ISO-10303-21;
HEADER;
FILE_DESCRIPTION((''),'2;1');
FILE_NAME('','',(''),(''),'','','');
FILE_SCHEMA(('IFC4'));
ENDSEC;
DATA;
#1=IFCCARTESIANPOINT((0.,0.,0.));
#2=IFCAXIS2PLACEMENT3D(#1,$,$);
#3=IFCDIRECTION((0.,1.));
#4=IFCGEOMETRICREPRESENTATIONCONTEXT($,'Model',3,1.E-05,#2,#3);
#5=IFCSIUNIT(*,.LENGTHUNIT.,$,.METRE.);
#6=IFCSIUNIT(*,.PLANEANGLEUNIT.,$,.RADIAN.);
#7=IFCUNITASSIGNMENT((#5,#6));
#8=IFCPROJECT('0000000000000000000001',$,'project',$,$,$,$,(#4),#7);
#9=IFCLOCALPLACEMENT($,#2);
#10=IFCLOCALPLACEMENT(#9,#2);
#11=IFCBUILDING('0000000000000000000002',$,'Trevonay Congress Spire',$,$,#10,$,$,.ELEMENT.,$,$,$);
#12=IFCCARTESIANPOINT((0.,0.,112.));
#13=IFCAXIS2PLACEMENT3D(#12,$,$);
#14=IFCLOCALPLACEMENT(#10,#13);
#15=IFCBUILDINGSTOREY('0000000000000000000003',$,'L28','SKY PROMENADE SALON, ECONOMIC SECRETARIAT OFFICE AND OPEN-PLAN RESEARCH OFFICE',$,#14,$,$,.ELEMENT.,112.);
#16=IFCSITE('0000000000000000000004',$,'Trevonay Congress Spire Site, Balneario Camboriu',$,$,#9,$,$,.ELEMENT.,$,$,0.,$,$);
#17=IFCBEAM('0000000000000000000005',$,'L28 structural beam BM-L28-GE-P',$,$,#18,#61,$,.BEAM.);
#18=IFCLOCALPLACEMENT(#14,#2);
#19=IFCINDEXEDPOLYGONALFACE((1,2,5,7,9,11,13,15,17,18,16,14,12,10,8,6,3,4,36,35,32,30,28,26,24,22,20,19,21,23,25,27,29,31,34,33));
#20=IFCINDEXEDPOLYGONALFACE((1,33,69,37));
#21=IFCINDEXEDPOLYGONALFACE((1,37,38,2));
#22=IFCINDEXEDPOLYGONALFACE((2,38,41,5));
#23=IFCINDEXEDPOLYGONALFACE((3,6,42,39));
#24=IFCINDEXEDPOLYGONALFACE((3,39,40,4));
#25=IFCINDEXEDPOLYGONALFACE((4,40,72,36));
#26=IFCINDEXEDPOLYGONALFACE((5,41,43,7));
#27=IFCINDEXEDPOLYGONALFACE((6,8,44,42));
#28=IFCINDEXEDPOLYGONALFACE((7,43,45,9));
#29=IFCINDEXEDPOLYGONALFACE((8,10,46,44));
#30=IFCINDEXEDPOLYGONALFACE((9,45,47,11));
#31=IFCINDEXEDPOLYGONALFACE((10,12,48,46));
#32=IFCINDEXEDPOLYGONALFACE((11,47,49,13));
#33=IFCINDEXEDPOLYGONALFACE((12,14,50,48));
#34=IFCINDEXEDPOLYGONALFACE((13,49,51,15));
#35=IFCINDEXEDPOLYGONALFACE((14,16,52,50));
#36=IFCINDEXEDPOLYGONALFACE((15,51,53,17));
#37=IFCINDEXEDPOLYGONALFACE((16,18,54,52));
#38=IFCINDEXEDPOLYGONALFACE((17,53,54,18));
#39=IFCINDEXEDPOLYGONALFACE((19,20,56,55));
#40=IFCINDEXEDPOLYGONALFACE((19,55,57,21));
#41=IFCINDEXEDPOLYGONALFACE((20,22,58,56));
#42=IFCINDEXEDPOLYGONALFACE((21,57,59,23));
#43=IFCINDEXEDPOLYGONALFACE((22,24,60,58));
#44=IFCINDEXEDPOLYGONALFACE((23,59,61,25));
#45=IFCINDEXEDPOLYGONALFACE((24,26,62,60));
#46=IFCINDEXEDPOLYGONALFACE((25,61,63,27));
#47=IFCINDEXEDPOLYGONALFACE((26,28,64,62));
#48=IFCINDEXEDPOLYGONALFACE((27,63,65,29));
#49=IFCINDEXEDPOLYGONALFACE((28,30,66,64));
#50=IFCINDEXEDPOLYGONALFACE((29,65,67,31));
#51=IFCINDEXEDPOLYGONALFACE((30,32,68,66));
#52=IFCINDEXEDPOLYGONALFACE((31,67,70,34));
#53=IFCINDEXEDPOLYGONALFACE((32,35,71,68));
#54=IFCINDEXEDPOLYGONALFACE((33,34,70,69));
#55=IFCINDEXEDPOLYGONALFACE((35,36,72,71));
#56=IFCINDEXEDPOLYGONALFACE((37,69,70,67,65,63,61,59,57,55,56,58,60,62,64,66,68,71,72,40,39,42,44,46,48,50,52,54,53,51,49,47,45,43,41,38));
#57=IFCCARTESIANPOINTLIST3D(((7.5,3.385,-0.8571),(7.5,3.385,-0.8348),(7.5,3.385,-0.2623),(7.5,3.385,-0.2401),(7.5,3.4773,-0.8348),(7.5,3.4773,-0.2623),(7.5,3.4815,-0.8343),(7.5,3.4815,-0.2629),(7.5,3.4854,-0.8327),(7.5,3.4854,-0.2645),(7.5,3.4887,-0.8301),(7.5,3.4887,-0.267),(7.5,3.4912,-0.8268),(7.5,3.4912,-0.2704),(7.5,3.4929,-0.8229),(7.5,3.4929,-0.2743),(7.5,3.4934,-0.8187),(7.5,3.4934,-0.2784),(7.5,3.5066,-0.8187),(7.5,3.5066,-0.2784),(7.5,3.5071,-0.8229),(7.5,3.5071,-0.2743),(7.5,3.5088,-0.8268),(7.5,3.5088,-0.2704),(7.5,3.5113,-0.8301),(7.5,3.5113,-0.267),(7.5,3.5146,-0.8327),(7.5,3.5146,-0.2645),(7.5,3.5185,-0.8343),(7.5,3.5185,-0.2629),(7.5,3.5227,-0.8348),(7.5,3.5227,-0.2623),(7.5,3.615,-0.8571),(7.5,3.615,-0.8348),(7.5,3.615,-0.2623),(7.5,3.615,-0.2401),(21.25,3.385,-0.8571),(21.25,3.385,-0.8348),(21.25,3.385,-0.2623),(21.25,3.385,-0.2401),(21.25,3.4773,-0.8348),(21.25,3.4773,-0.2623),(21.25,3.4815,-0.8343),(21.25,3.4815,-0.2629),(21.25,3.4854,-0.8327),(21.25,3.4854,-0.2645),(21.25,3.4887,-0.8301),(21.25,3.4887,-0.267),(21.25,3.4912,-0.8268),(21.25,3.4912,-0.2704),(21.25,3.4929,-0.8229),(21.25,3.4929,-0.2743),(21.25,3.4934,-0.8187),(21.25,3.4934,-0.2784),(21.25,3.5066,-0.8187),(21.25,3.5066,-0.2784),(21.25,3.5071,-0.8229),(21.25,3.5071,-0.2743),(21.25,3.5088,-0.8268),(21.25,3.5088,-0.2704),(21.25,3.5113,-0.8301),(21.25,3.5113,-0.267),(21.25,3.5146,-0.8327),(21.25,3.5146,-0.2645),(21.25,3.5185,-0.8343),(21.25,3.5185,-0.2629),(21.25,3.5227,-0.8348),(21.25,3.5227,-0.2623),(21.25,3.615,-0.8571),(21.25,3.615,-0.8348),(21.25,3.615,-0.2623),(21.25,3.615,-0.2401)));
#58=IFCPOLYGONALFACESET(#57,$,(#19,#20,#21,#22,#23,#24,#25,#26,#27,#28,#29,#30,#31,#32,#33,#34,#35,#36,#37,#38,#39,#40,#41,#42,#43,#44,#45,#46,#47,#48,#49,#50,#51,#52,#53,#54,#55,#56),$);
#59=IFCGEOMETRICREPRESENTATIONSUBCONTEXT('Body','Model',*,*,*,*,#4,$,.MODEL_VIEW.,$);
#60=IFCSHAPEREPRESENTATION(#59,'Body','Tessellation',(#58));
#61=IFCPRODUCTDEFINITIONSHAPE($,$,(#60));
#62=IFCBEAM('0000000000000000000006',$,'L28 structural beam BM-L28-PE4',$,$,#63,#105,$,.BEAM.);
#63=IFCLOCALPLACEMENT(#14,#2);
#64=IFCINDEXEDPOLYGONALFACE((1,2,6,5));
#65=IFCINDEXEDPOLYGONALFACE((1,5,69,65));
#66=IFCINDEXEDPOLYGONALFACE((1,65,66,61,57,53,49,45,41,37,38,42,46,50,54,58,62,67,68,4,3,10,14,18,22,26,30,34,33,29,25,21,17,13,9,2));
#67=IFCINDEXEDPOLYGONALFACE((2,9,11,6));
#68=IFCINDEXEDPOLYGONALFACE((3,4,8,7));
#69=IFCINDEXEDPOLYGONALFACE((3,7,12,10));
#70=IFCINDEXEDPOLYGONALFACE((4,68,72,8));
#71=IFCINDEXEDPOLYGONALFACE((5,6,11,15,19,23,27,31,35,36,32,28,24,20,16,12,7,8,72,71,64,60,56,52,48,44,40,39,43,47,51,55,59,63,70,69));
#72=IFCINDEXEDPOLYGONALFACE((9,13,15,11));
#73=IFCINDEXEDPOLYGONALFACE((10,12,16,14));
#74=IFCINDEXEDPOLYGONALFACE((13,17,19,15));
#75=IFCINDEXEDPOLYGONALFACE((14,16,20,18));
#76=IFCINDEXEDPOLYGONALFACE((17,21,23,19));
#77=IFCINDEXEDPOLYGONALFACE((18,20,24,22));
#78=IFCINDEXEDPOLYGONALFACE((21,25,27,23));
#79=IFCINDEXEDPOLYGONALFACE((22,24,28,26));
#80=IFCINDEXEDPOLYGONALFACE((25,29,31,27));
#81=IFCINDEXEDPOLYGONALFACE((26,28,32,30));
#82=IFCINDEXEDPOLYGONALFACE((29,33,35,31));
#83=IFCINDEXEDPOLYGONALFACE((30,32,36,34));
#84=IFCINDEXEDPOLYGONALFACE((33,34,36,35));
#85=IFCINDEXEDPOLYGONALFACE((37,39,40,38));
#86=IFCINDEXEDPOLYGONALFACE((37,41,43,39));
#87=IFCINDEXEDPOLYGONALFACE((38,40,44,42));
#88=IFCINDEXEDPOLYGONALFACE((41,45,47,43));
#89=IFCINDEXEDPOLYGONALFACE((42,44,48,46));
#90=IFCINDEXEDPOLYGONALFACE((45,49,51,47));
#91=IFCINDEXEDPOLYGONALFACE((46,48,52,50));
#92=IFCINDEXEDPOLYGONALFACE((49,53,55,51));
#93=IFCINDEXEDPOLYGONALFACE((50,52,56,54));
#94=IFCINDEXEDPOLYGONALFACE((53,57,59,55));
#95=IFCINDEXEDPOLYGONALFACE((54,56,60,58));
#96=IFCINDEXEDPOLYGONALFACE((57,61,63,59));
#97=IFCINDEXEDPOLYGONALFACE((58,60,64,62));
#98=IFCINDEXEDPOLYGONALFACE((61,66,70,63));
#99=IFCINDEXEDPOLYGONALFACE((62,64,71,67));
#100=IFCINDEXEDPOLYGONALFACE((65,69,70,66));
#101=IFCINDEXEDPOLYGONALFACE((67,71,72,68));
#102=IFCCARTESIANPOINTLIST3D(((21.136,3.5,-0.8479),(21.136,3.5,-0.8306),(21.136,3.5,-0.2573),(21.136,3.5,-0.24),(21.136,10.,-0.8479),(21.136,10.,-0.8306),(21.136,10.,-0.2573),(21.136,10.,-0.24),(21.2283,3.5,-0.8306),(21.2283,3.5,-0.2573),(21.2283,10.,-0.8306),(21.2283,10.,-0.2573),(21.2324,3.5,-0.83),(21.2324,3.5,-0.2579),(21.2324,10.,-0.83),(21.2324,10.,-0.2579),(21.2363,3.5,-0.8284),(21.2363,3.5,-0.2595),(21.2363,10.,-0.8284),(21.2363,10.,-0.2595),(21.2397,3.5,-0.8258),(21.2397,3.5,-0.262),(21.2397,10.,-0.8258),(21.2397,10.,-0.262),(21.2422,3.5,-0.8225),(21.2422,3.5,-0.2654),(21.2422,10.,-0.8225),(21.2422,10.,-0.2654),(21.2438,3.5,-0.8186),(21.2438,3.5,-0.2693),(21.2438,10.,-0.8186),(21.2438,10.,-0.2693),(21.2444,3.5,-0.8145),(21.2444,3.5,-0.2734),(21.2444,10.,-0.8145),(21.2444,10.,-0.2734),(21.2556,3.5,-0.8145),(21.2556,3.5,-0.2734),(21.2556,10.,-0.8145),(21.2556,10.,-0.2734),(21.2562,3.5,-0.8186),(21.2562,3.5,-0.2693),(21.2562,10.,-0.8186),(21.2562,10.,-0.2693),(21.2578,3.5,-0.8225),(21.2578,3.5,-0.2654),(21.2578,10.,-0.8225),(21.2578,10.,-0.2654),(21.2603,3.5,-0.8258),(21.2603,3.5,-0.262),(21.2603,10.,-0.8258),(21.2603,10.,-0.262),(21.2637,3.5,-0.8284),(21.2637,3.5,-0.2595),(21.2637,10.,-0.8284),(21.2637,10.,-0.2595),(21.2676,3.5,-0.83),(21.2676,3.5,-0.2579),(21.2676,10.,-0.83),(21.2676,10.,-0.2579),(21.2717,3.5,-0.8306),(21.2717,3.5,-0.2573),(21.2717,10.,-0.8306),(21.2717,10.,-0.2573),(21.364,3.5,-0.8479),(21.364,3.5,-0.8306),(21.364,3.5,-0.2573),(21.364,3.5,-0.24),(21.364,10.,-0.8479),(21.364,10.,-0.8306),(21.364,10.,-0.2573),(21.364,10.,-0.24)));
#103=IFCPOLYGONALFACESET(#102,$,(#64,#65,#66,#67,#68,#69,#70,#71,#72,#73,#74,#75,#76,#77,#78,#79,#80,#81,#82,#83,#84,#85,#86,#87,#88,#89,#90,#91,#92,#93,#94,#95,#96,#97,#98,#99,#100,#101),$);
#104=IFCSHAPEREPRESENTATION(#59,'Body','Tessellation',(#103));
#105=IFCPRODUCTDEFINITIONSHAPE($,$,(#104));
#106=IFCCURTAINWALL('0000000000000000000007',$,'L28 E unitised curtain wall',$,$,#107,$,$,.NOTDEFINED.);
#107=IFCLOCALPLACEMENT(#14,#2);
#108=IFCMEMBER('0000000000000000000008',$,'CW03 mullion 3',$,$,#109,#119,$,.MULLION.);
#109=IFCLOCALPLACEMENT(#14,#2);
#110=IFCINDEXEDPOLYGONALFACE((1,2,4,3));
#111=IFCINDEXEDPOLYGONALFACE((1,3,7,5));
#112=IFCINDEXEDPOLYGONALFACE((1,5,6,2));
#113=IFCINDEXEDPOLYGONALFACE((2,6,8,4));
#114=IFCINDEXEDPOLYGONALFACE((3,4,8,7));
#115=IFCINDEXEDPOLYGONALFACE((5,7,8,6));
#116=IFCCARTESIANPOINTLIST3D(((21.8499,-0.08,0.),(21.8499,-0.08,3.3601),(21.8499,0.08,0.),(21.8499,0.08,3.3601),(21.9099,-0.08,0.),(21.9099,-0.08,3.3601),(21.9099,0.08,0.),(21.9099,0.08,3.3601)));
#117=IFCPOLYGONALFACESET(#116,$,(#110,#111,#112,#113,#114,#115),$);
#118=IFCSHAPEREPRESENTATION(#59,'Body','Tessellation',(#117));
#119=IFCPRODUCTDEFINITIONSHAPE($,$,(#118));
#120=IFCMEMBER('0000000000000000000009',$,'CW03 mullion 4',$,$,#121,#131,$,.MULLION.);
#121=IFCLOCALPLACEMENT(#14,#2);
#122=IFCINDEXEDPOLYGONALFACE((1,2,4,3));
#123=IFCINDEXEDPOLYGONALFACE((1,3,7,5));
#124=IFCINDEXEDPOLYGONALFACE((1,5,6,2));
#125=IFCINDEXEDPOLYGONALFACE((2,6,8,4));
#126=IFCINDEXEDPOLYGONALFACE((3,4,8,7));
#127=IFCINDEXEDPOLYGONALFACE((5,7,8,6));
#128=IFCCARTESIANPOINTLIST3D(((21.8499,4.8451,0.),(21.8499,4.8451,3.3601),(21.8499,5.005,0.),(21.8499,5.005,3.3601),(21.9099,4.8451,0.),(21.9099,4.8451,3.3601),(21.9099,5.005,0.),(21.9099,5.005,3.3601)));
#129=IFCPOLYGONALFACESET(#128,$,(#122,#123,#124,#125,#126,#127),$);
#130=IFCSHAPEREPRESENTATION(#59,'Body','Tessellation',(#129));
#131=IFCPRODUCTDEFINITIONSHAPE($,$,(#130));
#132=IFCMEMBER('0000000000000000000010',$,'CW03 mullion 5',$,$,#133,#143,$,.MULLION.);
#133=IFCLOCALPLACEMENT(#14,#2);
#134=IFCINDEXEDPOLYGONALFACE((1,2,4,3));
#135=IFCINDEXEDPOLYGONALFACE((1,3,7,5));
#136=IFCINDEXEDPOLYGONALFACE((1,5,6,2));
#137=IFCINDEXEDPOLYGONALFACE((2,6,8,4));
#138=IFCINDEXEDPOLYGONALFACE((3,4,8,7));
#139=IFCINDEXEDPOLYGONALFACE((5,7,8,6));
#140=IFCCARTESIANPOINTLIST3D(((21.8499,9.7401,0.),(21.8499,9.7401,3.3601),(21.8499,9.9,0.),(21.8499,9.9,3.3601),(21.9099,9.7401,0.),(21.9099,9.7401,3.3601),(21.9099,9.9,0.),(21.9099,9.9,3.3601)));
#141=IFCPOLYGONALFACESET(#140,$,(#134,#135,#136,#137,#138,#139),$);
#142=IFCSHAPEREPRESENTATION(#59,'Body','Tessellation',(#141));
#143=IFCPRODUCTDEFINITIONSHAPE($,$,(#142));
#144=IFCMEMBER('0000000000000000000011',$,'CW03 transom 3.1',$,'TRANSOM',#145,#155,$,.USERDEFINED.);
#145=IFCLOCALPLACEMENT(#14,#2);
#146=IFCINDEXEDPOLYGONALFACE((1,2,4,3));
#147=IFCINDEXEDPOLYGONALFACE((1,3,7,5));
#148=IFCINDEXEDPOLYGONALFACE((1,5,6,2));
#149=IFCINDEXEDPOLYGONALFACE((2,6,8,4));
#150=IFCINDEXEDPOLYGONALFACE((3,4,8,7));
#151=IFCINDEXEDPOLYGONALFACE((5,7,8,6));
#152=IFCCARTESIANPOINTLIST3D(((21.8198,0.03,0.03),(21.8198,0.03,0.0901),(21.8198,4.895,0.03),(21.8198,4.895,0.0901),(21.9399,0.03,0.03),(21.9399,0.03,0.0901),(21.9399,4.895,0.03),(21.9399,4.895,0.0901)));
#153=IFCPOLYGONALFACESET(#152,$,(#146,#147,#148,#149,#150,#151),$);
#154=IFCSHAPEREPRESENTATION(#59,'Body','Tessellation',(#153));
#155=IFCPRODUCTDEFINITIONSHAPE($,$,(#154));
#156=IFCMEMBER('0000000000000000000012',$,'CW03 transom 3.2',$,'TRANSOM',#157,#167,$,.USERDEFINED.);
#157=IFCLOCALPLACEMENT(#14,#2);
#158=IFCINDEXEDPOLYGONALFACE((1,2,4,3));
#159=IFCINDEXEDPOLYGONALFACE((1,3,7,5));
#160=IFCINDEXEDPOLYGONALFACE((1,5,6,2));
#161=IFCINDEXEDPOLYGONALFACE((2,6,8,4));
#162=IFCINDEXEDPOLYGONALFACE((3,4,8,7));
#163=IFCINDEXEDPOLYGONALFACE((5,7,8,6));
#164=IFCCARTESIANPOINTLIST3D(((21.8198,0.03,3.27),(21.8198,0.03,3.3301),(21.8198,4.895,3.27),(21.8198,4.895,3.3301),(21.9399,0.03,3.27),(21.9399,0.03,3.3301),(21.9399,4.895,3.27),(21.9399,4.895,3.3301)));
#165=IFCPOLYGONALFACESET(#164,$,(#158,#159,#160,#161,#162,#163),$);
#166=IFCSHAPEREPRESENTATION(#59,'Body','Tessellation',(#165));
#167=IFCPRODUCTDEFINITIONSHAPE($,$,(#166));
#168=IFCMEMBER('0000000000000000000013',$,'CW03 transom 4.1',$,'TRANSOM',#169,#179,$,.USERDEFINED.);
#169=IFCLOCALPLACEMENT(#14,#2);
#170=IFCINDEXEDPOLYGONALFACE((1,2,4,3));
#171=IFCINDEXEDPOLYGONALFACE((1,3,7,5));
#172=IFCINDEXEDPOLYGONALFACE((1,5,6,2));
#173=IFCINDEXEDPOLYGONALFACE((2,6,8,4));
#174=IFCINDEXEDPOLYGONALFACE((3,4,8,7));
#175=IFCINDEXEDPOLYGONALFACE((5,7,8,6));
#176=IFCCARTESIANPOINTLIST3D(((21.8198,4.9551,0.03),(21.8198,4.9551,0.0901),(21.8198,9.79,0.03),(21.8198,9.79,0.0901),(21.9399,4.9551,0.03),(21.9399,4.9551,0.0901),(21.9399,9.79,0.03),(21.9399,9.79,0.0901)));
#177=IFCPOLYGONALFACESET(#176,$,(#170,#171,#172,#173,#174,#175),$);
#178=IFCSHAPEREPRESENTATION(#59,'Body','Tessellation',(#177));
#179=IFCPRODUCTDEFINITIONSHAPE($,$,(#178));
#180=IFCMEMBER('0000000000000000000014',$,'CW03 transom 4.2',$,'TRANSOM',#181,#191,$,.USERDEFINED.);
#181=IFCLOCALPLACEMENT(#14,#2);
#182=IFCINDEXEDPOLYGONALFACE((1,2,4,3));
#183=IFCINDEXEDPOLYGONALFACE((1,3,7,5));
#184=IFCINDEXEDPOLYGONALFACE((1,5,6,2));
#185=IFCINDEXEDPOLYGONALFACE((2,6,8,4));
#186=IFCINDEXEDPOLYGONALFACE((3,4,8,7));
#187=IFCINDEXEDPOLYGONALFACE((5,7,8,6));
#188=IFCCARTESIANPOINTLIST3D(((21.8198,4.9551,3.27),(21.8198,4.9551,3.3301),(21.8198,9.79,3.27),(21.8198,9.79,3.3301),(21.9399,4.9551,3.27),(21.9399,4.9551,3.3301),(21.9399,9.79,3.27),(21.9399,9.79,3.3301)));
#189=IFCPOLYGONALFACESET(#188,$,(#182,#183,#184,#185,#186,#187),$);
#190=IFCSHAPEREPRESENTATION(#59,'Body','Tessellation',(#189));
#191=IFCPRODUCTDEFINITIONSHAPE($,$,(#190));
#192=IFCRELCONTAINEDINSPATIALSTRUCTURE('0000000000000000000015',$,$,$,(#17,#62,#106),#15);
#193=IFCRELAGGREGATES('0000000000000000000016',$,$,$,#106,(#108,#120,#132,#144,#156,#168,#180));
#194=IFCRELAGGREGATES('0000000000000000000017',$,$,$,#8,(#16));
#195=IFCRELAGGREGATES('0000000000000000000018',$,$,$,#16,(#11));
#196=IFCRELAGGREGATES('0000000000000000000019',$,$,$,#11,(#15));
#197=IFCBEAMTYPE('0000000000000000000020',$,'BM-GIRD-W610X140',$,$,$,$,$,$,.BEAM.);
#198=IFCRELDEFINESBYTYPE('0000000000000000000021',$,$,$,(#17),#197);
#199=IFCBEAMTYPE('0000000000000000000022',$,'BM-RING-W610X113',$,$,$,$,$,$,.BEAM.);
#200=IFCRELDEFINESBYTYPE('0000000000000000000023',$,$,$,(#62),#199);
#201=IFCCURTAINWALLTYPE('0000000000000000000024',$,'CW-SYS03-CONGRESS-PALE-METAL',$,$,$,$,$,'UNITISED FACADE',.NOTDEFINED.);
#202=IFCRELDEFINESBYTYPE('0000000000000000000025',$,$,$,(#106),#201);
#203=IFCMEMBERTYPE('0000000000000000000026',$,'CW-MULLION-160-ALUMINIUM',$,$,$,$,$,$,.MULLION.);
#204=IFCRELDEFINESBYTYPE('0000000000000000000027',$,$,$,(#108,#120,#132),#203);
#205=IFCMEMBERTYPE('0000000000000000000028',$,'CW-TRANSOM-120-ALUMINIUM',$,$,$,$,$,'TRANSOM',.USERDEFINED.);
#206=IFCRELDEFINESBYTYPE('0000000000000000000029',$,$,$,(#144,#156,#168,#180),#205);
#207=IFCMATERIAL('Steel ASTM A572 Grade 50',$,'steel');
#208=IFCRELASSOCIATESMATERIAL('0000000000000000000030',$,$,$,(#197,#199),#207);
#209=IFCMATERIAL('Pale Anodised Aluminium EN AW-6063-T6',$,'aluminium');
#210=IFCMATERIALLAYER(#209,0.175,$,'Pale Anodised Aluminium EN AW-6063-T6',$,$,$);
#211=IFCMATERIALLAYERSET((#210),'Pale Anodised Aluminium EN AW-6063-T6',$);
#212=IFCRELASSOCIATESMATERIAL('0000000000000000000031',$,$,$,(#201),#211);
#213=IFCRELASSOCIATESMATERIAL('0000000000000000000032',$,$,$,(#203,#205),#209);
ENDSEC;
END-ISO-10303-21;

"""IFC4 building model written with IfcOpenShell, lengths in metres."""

from ifc_helpers import new_model, si_unit, direction, frame, origin, origin_2d, place, context, subcontext, project, spatial, rectangle, i_section, extrude, material, layer, layer_set, material_profile, profile_set, type_object, element, aggregate, save


model = new_model("IFC4")

# Units and contexts
model_context = context("Model", 3, precision=1e-05, world=origin(), true_north=direction((0.0, 1.0)))
body_context = subcontext(model_context, "Body", "Model", "MODEL_VIEW")
ifc_project = project(units=[si_unit("LENGTHUNIT", "METRE"), si_unit("PLANEANGLEUNIT", "RADIAN")], contexts=[model_context])

# Site, building, storey
site_placement = place(None, origin())
site = spatial("IfcSite", under=ifc_project, at=site_placement, Name="Trevonay Congress Spire Site, Balneario Camboriu", CompositionType="ELEMENT", RefElevation=0.0)
building_placement = place(site_placement, origin())
building = spatial("IfcBuilding", under=site, at=building_placement, Name="Trevonay Congress Spire", CompositionType="ELEMENT")
storey_placement = place(building_placement, frame((0.0, 0.0, 112.0)))
storey = spatial("IfcBuildingStorey", under=building, at=storey_placement, Name="L28", Description="SKY PROMENADE SALON, ECONOMIC SECRETARIAT OFFICE AND OPEN-PLAN RESEARCH OFFICE", CompositionType="ELEMENT", Elevation=112.0)

# Shared definitions
ifc_material_1 = material(Name="Steel ASTM A572 Grade 50", Category="steel")

# Beams
ifc_material_profile_1 = material_profile(ifc_material_1, i_section(OverallWidth=0.23, OverallDepth=0.6169, WebThickness=0.0132, FlangeThickness=0.0222, FilletRadius=0.0161, at=origin_2d()), Name="W610x140")
ifc_profile_set_1 = profile_set([ifc_material_profile_1], Name="Steel ASTM A572 Grade 50")
beam_type_1 = type_object("IfcBeamType", Name="BM-GIRD-W610X140", PredefinedType="BEAM", material=ifc_profile_set_1)
beam_1_placement = place(storey_placement, frame((7.5, 3.5, -0.5486), z_axis=(1.0, 0.0, 0.0), x_axis=(0.0, 1.0, 0.0)))
element("IfcBeam", 1, at=beam_1_placement, inside=storey, type_object=beam_type_1, Name="L28 structural beam BM-L28-GE-P", PredefinedType="BEAM", context=body_context, shape_type="SweptSolid", body=[
    extrude(i_section(OverallWidth=0.23, OverallDepth=0.6169, WebThickness=0.0132, FlangeThickness=0.0222, FilletRadius=0.0161, at=origin_2d()), origin(), (0.0, 0.0, 1.0), 13.75),
])
ifc_material_profile_2 = material_profile(ifc_material_1, i_section(OverallWidth=0.228, OverallDepth=0.6079, WebThickness=0.0112, FlangeThickness=0.0173, FilletRadius=0.0161, at=origin_2d()), Name="W610x113")
ifc_profile_set_2 = profile_set([ifc_material_profile_2], Name="Steel ASTM A572 Grade 50")
beam_type_2 = type_object("IfcBeamType", Name="BM-RING-W610X113", PredefinedType="BEAM", material=ifc_profile_set_2)
beam_2_placement = place(storey_placement, frame((21.25, 3.5, -0.5439), z_axis=(0.0, 1.0, 0.0), x_axis=(-1.0, 0.0, 0.0)))
element("IfcBeam", 2, at=beam_2_placement, inside=storey, type_object=beam_type_2, Name="L28 structural beam BM-L28-PE4", PredefinedType="BEAM", context=body_context, shape_type="SweptSolid", body=[
    extrude(i_section(OverallWidth=0.228, OverallDepth=0.6079, WebThickness=0.0112, FlangeThickness=0.0173, FilletRadius=0.0161, at=origin_2d()), origin(), (0.0, 0.0, 1.0), 6.5),
])

# Curtain wall, members
ifc_material_2 = material(Name="Pale Anodised Aluminium EN AW-6063-T6", Category="aluminium")
ifc_layer_1 = layer(ifc_material_2, 0.175, Name="Pale Anodised Aluminium EN AW-6063-T6")
ifc_layer_set_1 = layer_set([ifc_layer_1], Name="Pale Anodised Aluminium EN AW-6063-T6")
curtain_wall_type = type_object("IfcCurtainWallType", Name="CW-SYS03-CONGRESS-PALE-METAL", ElementType="UNITISED FACADE", PredefinedType="NOTDEFINED", material=ifc_layer_set_1)
curtain_wall_placement = place(storey_placement, origin())
curtain_wall = element("IfcCurtainWall", 3, at=curtain_wall_placement, inside=storey, type_object=curtain_wall_type, Name="L28 E unitised curtain wall", PredefinedType="NOTDEFINED")
ifc_material_profile_3 = material_profile(ifc_material_2, rectangle(XDim=0.0601, YDim=0.1599, at=origin_2d()), Name="CW-MULLION-160-ALUMINIUM")
ifc_profile_set_3 = profile_set([ifc_material_profile_3], Name="Pale Anodised Aluminium EN AW-6063-T6")
member_type_1 = type_object("IfcMemberType", Name="CW-MULLION-160-ALUMINIUM", PredefinedType="MULLION", material=ifc_profile_set_3)
member_1_placement = place(storey_placement, frame((21.8799, 0.0, 0.0), z_axis=(0.0, 0.0, 1.0), x_axis=(-1.0, 0.0, 0.0)))
member_1 = element("IfcMember", 4, at=member_1_placement, type_object=member_type_1, Name="CW03 mullion 3", PredefinedType="MULLION", context=body_context, shape_type="SweptSolid", body=[
    extrude(rectangle(XDim=0.0601, YDim=0.1599, at=origin_2d()), origin(), (0.0, 0.0, 1.0), 3.3601),
])
member_2_placement = place(storey_placement, frame((21.8799, 4.925, 0.0), z_axis=(0.0, 0.0, 1.0), x_axis=(-1.0, 0.0, 0.0)))
member_2 = element("IfcMember", 5, at=member_2_placement, type_object=member_type_1, Name="CW03 mullion 4", PredefinedType="MULLION", context=body_context, shape_type="SweptSolid", body=[
    extrude(rectangle(XDim=0.0601, YDim=0.1599, at=origin_2d()), origin(), (0.0, 0.0, 1.0), 3.3601),
])
member_3_placement = place(storey_placement, frame((21.8799, 9.8201, 0.0), z_axis=(0.0, 0.0, 1.0), x_axis=(-1.0, 0.0, 0.0)))
member_3 = element("IfcMember", 6, at=member_3_placement, type_object=member_type_1, Name="CW03 mullion 5", PredefinedType="MULLION", context=body_context, shape_type="SweptSolid", body=[
    extrude(rectangle(XDim=0.0601, YDim=0.1599, at=origin_2d()), origin(), (0.0, 0.0, 1.0), 3.3601),
])
ifc_material_profile_4 = material_profile(ifc_material_2, rectangle(XDim=0.1201, YDim=0.0601, at=origin_2d()), Name="CW-TRANSOM-120-ALUMINIUM")
ifc_profile_set_4 = profile_set([ifc_material_profile_4], Name="Pale Anodised Aluminium EN AW-6063-T6")
member_type_2 = type_object("IfcMemberType", Name="CW-TRANSOM-120-ALUMINIUM", ElementType="TRANSOM", PredefinedType="USERDEFINED", material=ifc_profile_set_4)
member_4_placement = place(storey_placement, frame((21.8799, 0.03, 0.0601), z_axis=(0.0, 1.0, 0.0), x_axis=(-1.0, 0.0, 0.0)))
member_4 = element("IfcMember", 7, at=member_4_placement, type_object=member_type_2, Name="CW03 transom 3.1", ObjectType="TRANSOM", PredefinedType="USERDEFINED", context=body_context, shape_type="SweptSolid", body=[
    extrude(rectangle(XDim=0.1201, YDim=0.0601, at=origin_2d()), origin(), (0.0, 0.0, 1.0), 4.865),
])
member_5_placement = place(storey_placement, frame((21.8799, 0.03, 3.3), z_axis=(0.0, 1.0, 0.0), x_axis=(-1.0, 0.0, 0.0)))
member_5 = element("IfcMember", 8, at=member_5_placement, type_object=member_type_2, Name="CW03 transom 3.2", ObjectType="TRANSOM", PredefinedType="USERDEFINED", context=body_context, shape_type="SweptSolid", body=[
    extrude(rectangle(XDim=0.1201, YDim=0.0601, at=origin_2d()), origin(), (0.0, 0.0, 1.0), 4.865),
])
member_6_placement = place(storey_placement, frame((21.8799, 4.9551, 0.0601), z_axis=(0.0, 1.0, 0.0), x_axis=(-1.0, 0.0, 0.0)))
member_6 = element("IfcMember", 9, at=member_6_placement, type_object=member_type_2, Name="CW03 transom 4.1", ObjectType="TRANSOM", PredefinedType="USERDEFINED", context=body_context, shape_type="SweptSolid", body=[
    extrude(rectangle(XDim=0.1201, YDim=0.0601, at=origin_2d()), origin(), (0.0, 0.0, 1.0), 4.835),
])
member_7_placement = place(storey_placement, frame((21.8799, 4.9551, 3.3), z_axis=(0.0, 1.0, 0.0), x_axis=(-1.0, 0.0, 0.0)))
member_7 = element("IfcMember", 10, at=member_7_placement, type_object=member_type_2, Name="CW03 transom 4.2", ObjectType="TRANSOM", PredefinedType="USERDEFINED", context=body_context, shape_type="SweptSolid", body=[
    extrude(rectangle(XDim=0.1201, YDim=0.0601, at=origin_2d()), origin(), (0.0, 0.0, 1.0), 4.835),
])

aggregate(curtain_wall, [member_1, member_2, member_3, member_4, member_5, member_6, member_7])

save(model, "model.ifc")
